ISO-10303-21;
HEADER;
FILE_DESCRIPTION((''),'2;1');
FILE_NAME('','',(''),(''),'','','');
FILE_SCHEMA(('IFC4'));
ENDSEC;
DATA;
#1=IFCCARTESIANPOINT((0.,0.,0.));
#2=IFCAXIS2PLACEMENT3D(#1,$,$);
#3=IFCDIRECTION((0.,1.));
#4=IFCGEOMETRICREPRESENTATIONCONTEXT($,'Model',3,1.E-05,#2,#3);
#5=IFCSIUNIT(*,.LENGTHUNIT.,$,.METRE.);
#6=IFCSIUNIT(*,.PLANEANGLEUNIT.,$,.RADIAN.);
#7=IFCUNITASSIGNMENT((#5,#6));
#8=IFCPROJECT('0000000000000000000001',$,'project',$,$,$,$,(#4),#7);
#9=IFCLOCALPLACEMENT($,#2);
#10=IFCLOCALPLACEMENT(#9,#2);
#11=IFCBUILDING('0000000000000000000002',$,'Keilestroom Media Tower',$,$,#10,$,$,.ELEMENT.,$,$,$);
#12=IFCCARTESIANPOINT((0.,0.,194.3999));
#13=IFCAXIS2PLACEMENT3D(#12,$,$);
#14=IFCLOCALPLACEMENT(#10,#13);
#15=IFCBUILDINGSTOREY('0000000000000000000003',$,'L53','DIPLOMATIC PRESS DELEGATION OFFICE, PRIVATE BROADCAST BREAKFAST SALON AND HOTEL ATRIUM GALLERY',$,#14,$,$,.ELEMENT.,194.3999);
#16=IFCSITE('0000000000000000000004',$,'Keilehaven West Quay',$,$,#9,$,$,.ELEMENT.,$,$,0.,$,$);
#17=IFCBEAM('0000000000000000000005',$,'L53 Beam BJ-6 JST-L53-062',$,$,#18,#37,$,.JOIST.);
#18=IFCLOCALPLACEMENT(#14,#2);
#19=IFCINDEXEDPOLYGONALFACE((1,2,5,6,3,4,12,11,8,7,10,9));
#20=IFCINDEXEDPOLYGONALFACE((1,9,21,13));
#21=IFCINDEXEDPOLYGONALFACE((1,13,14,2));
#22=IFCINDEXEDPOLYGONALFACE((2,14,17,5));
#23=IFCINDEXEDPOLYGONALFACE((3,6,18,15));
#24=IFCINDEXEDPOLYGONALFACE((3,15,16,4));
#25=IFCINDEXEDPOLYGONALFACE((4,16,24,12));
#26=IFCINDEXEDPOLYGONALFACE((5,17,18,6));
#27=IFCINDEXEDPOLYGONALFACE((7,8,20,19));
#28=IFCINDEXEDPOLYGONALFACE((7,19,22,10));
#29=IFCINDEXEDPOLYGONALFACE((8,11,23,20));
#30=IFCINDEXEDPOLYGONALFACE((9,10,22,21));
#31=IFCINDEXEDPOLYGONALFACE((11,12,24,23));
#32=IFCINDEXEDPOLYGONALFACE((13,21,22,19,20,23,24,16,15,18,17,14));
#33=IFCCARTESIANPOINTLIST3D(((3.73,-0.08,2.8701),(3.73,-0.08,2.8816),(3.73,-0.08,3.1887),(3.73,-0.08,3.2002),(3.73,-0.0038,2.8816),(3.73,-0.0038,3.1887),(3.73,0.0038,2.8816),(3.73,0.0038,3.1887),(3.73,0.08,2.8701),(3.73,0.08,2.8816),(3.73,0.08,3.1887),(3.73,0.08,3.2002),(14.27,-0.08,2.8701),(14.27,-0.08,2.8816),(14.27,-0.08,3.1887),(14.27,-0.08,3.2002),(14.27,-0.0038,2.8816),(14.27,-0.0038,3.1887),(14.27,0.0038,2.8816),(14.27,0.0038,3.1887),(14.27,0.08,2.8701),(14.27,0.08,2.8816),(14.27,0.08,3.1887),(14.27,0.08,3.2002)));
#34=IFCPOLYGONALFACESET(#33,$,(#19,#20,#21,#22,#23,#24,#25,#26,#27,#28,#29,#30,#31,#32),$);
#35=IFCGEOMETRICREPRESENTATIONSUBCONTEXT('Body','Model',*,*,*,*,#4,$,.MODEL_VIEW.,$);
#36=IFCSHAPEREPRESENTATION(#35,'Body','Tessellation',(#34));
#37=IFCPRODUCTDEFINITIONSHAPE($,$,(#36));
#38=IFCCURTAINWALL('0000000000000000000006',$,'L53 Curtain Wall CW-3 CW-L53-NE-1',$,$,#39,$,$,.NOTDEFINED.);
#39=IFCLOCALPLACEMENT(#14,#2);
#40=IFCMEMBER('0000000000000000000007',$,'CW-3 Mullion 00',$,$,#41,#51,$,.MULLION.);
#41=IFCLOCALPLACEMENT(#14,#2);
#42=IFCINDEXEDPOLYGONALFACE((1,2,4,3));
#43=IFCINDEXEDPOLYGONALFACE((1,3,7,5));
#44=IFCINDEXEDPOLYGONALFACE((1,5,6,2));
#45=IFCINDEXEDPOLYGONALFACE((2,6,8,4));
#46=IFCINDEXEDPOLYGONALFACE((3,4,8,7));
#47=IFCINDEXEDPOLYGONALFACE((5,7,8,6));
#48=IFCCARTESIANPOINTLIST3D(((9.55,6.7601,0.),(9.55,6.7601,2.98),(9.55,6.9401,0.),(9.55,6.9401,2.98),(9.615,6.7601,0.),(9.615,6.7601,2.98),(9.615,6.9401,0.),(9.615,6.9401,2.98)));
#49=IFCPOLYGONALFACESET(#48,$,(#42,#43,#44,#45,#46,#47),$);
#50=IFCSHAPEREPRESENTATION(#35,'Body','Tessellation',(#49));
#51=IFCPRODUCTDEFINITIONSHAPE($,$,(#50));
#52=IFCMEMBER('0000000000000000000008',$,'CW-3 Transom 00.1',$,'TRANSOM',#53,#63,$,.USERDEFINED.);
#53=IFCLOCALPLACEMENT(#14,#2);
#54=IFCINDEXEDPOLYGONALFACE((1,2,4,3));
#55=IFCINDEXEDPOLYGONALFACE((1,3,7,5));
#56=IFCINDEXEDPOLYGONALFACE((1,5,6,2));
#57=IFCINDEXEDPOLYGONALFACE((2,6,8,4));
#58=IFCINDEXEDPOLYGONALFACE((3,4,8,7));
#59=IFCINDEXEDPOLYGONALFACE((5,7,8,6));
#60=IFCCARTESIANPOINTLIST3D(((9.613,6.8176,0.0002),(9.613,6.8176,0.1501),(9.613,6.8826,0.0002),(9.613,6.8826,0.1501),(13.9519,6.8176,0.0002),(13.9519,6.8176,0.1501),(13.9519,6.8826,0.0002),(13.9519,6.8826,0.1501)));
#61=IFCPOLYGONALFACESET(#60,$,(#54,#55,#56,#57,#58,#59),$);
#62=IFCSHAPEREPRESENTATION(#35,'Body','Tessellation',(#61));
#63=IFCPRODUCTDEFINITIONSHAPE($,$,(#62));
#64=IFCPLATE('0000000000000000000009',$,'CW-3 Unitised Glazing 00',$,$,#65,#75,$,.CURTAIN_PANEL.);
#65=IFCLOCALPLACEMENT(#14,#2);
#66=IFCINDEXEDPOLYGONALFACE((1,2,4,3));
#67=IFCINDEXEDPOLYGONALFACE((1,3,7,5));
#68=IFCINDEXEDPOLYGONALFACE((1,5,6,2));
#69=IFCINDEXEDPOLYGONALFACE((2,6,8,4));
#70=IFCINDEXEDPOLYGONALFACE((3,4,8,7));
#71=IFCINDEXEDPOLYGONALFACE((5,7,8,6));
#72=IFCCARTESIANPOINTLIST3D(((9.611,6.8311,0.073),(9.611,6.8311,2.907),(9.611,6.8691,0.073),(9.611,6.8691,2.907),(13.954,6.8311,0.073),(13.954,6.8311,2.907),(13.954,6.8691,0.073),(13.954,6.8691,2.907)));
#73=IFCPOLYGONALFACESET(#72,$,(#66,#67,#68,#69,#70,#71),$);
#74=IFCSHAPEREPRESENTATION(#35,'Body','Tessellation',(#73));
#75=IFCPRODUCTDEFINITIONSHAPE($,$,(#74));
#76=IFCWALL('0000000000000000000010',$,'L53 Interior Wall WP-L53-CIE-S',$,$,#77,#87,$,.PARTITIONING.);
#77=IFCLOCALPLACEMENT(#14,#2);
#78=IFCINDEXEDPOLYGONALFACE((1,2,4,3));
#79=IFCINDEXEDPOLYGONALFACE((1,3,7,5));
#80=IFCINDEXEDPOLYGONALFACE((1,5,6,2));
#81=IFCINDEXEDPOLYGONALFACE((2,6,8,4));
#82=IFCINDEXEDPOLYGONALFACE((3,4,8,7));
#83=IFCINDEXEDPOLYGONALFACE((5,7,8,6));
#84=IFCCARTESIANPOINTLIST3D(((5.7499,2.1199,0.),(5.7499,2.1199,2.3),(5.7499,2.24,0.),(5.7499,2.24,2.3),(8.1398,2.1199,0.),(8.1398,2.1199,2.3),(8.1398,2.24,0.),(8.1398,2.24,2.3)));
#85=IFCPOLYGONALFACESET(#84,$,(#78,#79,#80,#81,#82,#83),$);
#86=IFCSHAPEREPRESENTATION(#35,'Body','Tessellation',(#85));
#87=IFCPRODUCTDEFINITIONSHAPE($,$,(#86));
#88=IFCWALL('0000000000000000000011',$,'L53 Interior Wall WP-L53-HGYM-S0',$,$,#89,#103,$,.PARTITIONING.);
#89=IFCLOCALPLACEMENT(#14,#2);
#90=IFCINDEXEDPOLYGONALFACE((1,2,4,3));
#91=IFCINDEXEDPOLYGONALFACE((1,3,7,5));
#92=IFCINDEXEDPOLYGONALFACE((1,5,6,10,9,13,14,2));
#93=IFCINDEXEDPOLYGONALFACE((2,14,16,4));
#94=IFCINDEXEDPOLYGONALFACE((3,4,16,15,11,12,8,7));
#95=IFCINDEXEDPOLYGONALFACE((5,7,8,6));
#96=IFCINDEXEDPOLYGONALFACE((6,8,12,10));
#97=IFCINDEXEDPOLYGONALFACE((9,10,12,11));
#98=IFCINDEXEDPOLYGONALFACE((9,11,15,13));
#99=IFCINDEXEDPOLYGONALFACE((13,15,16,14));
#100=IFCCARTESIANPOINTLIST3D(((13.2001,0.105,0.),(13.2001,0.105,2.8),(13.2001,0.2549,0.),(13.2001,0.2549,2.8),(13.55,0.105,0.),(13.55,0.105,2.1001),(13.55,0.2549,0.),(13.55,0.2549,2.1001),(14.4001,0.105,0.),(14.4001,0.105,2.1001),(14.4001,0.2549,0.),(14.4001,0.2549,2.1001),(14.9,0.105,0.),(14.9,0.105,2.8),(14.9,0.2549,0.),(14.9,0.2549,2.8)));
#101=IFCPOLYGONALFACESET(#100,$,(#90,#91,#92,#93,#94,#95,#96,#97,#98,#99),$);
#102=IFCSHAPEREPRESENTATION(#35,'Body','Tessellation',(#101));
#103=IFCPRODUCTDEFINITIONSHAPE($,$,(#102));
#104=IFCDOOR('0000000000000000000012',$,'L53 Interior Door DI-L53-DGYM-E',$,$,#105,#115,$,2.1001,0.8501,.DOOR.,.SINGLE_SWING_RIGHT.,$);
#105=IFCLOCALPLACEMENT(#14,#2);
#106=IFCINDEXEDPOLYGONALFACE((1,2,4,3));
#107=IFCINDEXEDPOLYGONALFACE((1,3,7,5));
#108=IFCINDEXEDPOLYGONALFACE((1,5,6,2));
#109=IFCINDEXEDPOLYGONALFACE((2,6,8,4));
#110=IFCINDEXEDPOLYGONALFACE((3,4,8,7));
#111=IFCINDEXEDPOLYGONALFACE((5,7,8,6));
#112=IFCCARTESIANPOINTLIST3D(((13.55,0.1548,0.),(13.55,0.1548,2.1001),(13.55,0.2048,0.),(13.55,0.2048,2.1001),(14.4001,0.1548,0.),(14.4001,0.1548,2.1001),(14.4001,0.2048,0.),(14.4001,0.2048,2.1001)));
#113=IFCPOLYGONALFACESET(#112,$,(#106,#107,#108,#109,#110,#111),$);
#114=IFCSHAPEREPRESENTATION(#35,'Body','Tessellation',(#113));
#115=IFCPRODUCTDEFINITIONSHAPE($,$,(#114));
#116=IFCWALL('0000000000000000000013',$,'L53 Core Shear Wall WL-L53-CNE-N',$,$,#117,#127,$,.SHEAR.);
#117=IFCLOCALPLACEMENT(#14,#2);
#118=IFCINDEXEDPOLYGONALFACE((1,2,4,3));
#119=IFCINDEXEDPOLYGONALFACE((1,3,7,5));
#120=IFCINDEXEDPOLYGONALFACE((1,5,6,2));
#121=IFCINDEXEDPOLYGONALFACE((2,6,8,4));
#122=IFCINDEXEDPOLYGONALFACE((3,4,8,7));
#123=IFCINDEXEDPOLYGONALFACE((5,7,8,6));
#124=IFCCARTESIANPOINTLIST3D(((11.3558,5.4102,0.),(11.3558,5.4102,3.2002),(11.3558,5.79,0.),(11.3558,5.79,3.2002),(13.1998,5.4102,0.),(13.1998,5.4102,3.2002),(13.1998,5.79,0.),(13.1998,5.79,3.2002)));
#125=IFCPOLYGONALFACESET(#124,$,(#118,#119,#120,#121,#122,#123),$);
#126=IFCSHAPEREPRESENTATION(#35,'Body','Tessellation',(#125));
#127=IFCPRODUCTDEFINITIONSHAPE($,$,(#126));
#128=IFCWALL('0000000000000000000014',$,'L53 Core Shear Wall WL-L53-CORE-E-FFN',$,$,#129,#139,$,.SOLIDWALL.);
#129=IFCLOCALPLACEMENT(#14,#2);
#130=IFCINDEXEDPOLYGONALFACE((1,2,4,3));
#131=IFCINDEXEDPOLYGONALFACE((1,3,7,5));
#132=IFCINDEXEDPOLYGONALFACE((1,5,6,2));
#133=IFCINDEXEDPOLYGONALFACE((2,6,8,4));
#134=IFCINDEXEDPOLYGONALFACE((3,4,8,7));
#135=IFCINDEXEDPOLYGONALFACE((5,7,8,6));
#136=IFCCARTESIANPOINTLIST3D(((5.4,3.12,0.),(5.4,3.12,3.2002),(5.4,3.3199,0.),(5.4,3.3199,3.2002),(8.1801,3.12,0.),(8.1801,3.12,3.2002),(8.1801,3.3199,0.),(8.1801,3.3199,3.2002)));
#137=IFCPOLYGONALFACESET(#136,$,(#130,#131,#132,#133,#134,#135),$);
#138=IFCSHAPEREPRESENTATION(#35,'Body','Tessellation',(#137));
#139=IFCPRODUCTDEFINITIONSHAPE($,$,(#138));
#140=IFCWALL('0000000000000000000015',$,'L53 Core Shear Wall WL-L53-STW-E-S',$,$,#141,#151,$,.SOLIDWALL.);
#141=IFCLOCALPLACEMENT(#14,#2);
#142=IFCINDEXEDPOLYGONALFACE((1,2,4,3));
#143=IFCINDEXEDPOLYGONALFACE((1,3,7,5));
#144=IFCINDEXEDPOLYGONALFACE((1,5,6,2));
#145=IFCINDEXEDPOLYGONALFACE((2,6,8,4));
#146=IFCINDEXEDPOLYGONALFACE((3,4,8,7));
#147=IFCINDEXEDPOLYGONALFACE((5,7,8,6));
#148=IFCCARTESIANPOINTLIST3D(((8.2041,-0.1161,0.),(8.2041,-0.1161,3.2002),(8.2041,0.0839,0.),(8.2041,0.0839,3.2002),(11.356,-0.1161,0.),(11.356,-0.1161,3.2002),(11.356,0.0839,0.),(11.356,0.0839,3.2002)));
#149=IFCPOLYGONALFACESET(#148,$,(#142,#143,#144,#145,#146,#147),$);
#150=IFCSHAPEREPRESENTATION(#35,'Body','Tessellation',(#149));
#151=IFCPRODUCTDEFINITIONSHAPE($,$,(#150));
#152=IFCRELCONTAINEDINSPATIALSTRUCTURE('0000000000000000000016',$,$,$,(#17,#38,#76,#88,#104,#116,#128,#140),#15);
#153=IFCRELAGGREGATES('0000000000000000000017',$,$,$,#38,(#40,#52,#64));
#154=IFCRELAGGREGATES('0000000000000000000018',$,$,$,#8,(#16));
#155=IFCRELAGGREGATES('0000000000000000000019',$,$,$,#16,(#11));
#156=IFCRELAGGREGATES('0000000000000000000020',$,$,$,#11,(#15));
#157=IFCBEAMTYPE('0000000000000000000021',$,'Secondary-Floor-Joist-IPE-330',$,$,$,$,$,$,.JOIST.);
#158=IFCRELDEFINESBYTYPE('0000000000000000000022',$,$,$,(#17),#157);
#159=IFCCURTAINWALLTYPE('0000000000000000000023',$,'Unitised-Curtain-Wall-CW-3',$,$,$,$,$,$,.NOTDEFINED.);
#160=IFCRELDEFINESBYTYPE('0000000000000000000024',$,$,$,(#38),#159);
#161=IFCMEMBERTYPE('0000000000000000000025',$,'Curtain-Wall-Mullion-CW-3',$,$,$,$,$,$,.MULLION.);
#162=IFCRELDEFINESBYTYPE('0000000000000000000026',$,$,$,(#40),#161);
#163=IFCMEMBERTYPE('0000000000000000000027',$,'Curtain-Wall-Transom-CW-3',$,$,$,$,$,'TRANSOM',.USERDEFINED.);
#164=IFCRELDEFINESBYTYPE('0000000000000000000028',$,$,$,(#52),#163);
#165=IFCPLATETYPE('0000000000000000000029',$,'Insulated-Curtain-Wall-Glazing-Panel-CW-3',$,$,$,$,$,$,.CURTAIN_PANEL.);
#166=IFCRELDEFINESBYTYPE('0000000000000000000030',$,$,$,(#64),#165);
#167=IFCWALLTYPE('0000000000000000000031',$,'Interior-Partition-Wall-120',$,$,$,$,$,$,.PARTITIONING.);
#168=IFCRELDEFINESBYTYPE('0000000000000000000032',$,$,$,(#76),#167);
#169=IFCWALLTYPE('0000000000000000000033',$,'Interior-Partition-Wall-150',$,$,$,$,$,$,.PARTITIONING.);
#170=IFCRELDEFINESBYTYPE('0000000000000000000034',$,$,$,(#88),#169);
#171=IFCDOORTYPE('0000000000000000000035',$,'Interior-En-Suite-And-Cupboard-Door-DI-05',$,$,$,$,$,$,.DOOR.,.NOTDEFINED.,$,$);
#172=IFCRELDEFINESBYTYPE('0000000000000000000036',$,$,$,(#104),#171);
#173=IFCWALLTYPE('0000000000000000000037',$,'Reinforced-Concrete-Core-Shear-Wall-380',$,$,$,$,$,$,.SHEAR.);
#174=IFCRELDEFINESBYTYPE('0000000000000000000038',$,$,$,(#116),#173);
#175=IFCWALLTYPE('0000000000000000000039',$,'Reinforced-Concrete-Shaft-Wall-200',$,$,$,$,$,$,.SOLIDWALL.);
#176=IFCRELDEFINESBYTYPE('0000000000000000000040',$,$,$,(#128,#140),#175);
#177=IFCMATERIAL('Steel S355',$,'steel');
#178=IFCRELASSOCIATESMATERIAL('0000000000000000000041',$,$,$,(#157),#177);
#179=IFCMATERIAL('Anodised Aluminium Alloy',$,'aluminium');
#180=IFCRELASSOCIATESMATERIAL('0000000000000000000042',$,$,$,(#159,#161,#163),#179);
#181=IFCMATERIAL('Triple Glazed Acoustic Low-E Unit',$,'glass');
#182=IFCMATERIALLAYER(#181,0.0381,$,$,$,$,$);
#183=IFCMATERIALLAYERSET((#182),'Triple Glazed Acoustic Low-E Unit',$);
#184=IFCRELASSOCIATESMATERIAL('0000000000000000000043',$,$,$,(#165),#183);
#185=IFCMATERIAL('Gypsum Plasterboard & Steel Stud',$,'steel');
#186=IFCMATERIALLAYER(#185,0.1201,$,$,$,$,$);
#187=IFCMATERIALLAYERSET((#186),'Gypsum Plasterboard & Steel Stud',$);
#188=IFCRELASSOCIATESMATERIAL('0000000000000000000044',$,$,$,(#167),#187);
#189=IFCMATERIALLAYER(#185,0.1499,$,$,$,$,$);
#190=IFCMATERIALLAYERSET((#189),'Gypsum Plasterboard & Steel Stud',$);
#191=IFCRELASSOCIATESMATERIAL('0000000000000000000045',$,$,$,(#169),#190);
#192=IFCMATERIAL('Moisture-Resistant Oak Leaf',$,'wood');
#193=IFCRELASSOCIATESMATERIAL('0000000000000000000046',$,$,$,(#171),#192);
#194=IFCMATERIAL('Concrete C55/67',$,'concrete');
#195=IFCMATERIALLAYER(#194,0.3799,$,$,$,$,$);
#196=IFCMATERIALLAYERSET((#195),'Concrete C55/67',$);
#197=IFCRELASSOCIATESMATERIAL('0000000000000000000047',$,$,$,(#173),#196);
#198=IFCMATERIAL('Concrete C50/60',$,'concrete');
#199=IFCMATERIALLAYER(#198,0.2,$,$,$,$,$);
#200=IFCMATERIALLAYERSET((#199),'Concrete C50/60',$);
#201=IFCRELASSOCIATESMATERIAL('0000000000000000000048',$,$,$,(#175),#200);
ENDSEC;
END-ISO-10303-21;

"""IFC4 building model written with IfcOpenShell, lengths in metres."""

from ifc_helpers import new_model, si_unit, direction, frame, frame_2d, origin, origin_2d, place, context, subcontext, project, spatial, rectangle, i_section, extrude, source, transform, mapped, material, layer, layer_set, material_profile, profile_set, type_object, element, fill, aggregate, save


model = new_model("IFC4")

# Units and contexts
model_context = context("Model", 3, precision=1e-05, world=origin(), true_north=direction((0.0, 1.0)))
body_context = subcontext(model_context, "Body", "Model", "MODEL_VIEW")
ifc_project = project(units=[si_unit("LENGTHUNIT", "METRE"), si_unit("PLANEANGLEUNIT", "RADIAN")], contexts=[model_context])

# Site, building, storey
site_placement = place(None, origin())
site = spatial("IfcSite", under=ifc_project, at=site_placement, Name="Keilehaven West Quay", CompositionType="ELEMENT", RefElevation=0.0)
building_placement = place(site_placement, origin())
building = spatial("IfcBuilding", under=site, at=building_placement, Name="Keilestroom Media Tower", CompositionType="ELEMENT")
storey_placement = place(building_placement, frame((0.0, 0.0, 194.3999)))
storey = spatial("IfcBuildingStorey", under=building, at=storey_placement, Name="L53", Description="DIPLOMATIC PRESS DELEGATION OFFICE, PRIVATE BROADCAST BREAKFAST SALON AND HOTEL ATRIUM GALLERY", CompositionType="ELEMENT", Elevation=194.3999)

# Beam
ifc_material_1 = material(Name="Steel S355", Category="steel")
ifc_material_profile_1 = material_profile(ifc_material_1, i_section(OverallWidth=0.1599, OverallDepth=0.3301, WebThickness=0.0076, FlangeThickness=0.0115, at=origin_2d()), Name="IPE 330")
ifc_profile_set_1 = profile_set([ifc_material_profile_1], Name="Steel S355")
beam_type = type_object("IfcBeamType", Name="Secondary-Floor-Joist-IPE-330", PredefinedType="JOIST", material=ifc_profile_set_1)
shared_shape_1 = source(origin(), body_context, "Body", "SweptSolid", [
    extrude(i_section(OverallWidth=0.1599, OverallDepth=0.3301, WebThickness=0.0076, FlangeThickness=0.0115, at=origin_2d()), origin(), (0.0, 0.0, 1.0), 10.54),
])
beam_placement = place(storey_placement, frame((3.73, 0.0, 3.0352), z_axis=(1.0, 0.0, 0.0), x_axis=(0.0, 1.0, 0.0)))
element("IfcBeam", 1, at=beam_placement, inside=storey, type_object=beam_type, Name="L53 Beam BJ-6 JST-L53-062", PredefinedType="JOIST", context=body_context, shape_type="MappedRepresentation", body=[
    mapped(shared_shape_1, transform((0.0, 0.0, 0.0), x_axis=(1.0, 0.0, 0.0), y_axis=(0.0, 1.0, 0.0), z_axis=(0.0, 0.0, 1.0), scale=1.0)),
])

# Curtain wall, members, plate
ifc_material_2 = material(Name="Anodised Aluminium Alloy", Category="aluminium")
curtain_wall_type = type_object("IfcCurtainWallType", Name="Unitised-Curtain-Wall-CW-3", PredefinedType="NOTDEFINED", material=ifc_material_2)
curtain_wall_placement = place(storey_placement, origin())
curtain_wall = element("IfcCurtainWall", 2, at=curtain_wall_placement, inside=storey, type_object=curtain_wall_type, Name="L53 Curtain Wall CW-3 CW-L53-NE-1", PredefinedType="NOTDEFINED")
ifc_material_profile_2 = material_profile(ifc_material_2, rectangle(XDim=0.0649, YDim=0.1799, at=origin_2d()), Name="ALU MULLION 65x180")
ifc_profile_set_2 = profile_set([ifc_material_profile_2], Name="Anodised Aluminium Alloy")
member_type_1 = type_object("IfcMemberType", Name="Curtain-Wall-Mullion-CW-3", PredefinedType="MULLION", material=ifc_profile_set_2)
shared_shape_2 = source(origin(), body_context, "Body", "SweptSolid", [
    extrude(rectangle(XDim=0.0649, YDim=0.1799, at=origin_2d()), origin(), (0.0, 0.0, 1.0), 2.98),
])
member_1_placement = place(storey_placement, frame((9.5825, 6.8501, 0.0), z_axis=(0.0, 0.0, 1.0), x_axis=(1.0, 0.0, 0.0)))
member_1 = element("IfcMember", 3, at=member_1_placement, type_object=member_type_1, Name="CW-3 Mullion 00", PredefinedType="MULLION", context=body_context, shape_type="MappedRepresentation", body=[
    mapped(shared_shape_2, transform((0.0, 0.0, 0.0), x_axis=(1.0, 0.0, 0.0), y_axis=(0.0, 1.0, 0.0), z_axis=(0.0, 0.0, 1.0), scale=1.0)),
])
ifc_material_profile_3 = material_profile(ifc_material_2, rectangle(XDim=0.0649, YDim=0.1499, at=origin_2d()), Name="ALU TRANSOM 65x150")
ifc_profile_set_3 = profile_set([ifc_material_profile_3], Name="Anodised Aluminium Alloy")
member_type_2 = type_object("IfcMemberType", Name="Curtain-Wall-Transom-CW-3", ElementType="TRANSOM", PredefinedType="USERDEFINED", material=ifc_profile_set_3)
shared_shape_3 = source(origin(), body_context, "Body", "SweptSolid", [
    extrude(rectangle(XDim=0.0649, YDim=0.1499, at=origin_2d()), origin(), (0.0, 0.0, 1.0), 4.3389),
])
member_2_placement = place(storey_placement, frame((9.613, 6.8501, 0.0752), z_axis=(1.0, 0.0, 0.0), x_axis=(0.0, 1.0, 0.0)))
member_2 = element("IfcMember", 4, at=member_2_placement, type_object=member_type_2, Name="CW-3 Transom 00.1", ObjectType="TRANSOM", PredefinedType="USERDEFINED", context=body_context, shape_type="MappedRepresentation", body=[
    mapped(shared_shape_3, transform((0.0, 0.0, 0.0), x_axis=(1.0, 0.0, 0.0), y_axis=(0.0, 1.0, 0.0), z_axis=(0.0, 0.0, 1.0), scale=1.0)),
])
ifc_material_3 = material(Name="Triple Glazed Acoustic Low-E Unit", Category="glass")
ifc_layer_1 = layer(ifc_material_3, 0.0381)
ifc_layer_set_1 = layer_set([ifc_layer_1], Name="Triple Glazed Acoustic Low-E Unit")
plate_type = type_object("IfcPlateType", Name="Insulated-Curtain-Wall-Glazing-Panel-CW-3", PredefinedType="CURTAIN_PANEL", material=ifc_layer_set_1)
shared_shape_4 = source(origin(), body_context, "Body", "SweptSolid", [
    extrude(rectangle(XDim=4.343, YDim=0.0381, at=origin_2d()), origin(), (0.0, 0.0, 1.0), 2.834),
])
plate_placement = place(storey_placement, frame((11.7825, 6.8501, 0.073), z_axis=(0.0, 0.0, 1.0), x_axis=(1.0, 0.0, 0.0)))
plate = element("IfcPlate", 5, at=plate_placement, type_object=plate_type, Name="CW-3 Unitised Glazing 00", PredefinedType="CURTAIN_PANEL", context=body_context, shape_type="MappedRepresentation", body=[
    mapped(shared_shape_4, transform((0.0, 0.0, 0.0), x_axis=(1.0, 0.0, 0.0), y_axis=(0.0, 1.0, 0.0), z_axis=(0.0, 0.0, 1.0), scale=1.0)),
])
aggregate(curtain_wall, [member_1, member_2, plate])

# Wall
ifc_material_4 = material(Name="Gypsum Plasterboard & Steel Stud", Category="steel")
ifc_layer_2 = layer(ifc_material_4, 0.1201)
ifc_layer_set_2 = layer_set([ifc_layer_2], Name="Gypsum Plasterboard & Steel Stud")
wall_type_1 = type_object("IfcWallType", Name="Interior-Partition-Wall-120", PredefinedType="PARTITIONING", material=ifc_layer_set_2)
wall_1_placement = place(storey_placement, frame((5.75, 2.1799, 0.0), z_axis=(0.0, 0.0, 1.0), x_axis=(1.0, 0.0, 0.0)))
element("IfcWall", 6, at=wall_1_placement, inside=storey, type_object=wall_type_1, Name="L53 Interior Wall WP-L53-CIE-S", PredefinedType="PARTITIONING", context=body_context, shape_type="SweptSolid", body=[
    extrude(rectangle(XDim=2.3899, YDim=0.1201, at=frame_2d((1.1948, 0.0))), origin(), (0.0, 0.0, 1.0), 2.3),
])

# Wall, opening, door
ifc_layer_3 = layer(ifc_material_4, 0.1499)
ifc_layer_set_3 = layer_set([ifc_layer_3], Name="Gypsum Plasterboard & Steel Stud")
wall_type_2 = type_object("IfcWallType", Name="Interior-Partition-Wall-150", PredefinedType="PARTITIONING", material=ifc_layer_set_3)
wall_2_placement = place(storey_placement, frame((13.2, 0.1799, 0.0), z_axis=(0.0, 0.0, 1.0), x_axis=(1.0, 0.0, 0.0)))
wall_2 = element("IfcWall", 7, at=wall_2_placement, inside=storey, type_object=wall_type_2, Name="L53 Interior Wall WP-L53-HGYM-S0", PredefinedType="PARTITIONING", context=body_context, shape_type="SweptSolid", body=[
    extrude(rectangle(XDim=1.7, YDim=0.1499, at=frame_2d((0.8501, 0.0))), origin(), (0.0, 0.0, 1.0), 2.8),
])
opening_1_placement = place(wall_2_placement, frame((0.3501, 0.0, 0.0)))
opening_1 = element("IfcOpeningElement", 8, at=opening_1_placement, cuts=wall_2, PredefinedType="OPENING", context=body_context, shape_type="SweptSolid", body=[
    extrude(rectangle(XDim=0.8501, YDim=2.1001, at=frame_2d((0.425, 1.05))), frame((0.0, 0.085, 0.0), z_axis=(0.0, -1.0, 0.0), x_axis=(1.0, 0.0, 0.0)), (0.0, 0.0, 1.0), 0.1699),
])
ifc_material_5 = material(Name="Moisture-Resistant Oak Leaf", Category="wood")
door_type_1 = type_object("IfcDoorType", Name="Interior-En-Suite-And-Cupboard-Door-DI-05", OperationType="NOTDEFINED", PredefinedType="DOOR", material=ifc_material_5)
shared_shape_5 = source(origin(), body_context, "Body", "SweptSolid", [
    extrude(rectangle(XDim=0.8501, YDim=2.1001, at=frame_2d((0.425, 1.05))), frame((0.0, 0.0249, 0.0), z_axis=(0.0, -1.0, 0.0), x_axis=(1.0, 0.0, 0.0)), (0.0, 0.0, 1.0), 0.05),
])
door_1_placement = place(opening_1_placement, origin())
door_1 = element("IfcDoor", 9, at=door_1_placement, inside=storey, type_object=door_type_1, Name="L53 Interior Door DI-L53-DGYM-E", OperationType="SINGLE_SWING_RIGHT", OverallHeight=2.1001, OverallWidth=0.8501, PredefinedType="DOOR", context=body_context, shape_type="MappedRepresentation", body=[
    mapped(shared_shape_5, transform((0.0, 0.0, 0.0), x_axis=(1.0, 0.0, 0.0), y_axis=(0.0, 1.0, 0.0), z_axis=(0.0, 0.0, 1.0), scale=1.0)),
])
fill(opening_1, door_1)

# Walls
ifc_material_6 = material(Name="Concrete C55/67", Category="concrete")
ifc_layer_4 = layer(ifc_material_6, 0.3799)
ifc_layer_set_4 = layer_set([ifc_layer_4], Name="Concrete C55/67")
wall_type_3 = type_object("IfcWallType", Name="Reinforced-Concrete-Core-Shear-Wall-380", PredefinedType="SHEAR", material=ifc_layer_set_4)
wall_3_placement = place(storey_placement, frame((11.356, 5.6001, 0.0), z_axis=(0.0, 0.0, 1.0), x_axis=(1.0, 0.0, 0.0)))
element("IfcWall", 10, at=wall_3_placement, inside=storey, type_object=wall_type_3, Name="L53 Core Shear Wall WL-L53-CNE-N", PredefinedType="SHEAR", context=body_context, shape_type="SweptSolid", body=[
    extrude(rectangle(XDim=1.844, YDim=0.3799, at=frame_2d((0.9219, 0.0))), origin(), (0.0, 0.0, 1.0), 3.2002),
])
ifc_material_7 = material(Name="Concrete C50/60", Category="concrete")
ifc_layer_5 = layer(ifc_material_7, 0.2)
ifc_layer_set_5 = layer_set([ifc_layer_5], Name="Concrete C50/60")
wall_type_4 = type_object("IfcWallType", Name="Reinforced-Concrete-Shaft-Wall-200", PredefinedType="SOLIDWALL", material=ifc_layer_set_5)
wall_4_placement = place(storey_placement, frame((5.3999, 3.22, 0.0), z_axis=(0.0, 0.0, 1.0), x_axis=(1.0, 0.0, 0.0)))
element("IfcWall", 11, at=wall_4_placement, inside=storey, type_object=wall_type_4, Name="L53 Core Shear Wall WL-L53-CORE-E-FFN", PredefinedType="SOLIDWALL", context=body_context, shape_type="SweptSolid", body=[
    extrude(rectangle(XDim=2.78, YDim=0.2, at=frame_2d((1.3901, 0.0))), origin(), (0.0, 0.0, 1.0), 3.2002),
])
wall_5_placement = place(storey_placement, frame((8.2041, -0.0161, 0.0), z_axis=(0.0, 0.0, 1.0), x_axis=(1.0, 0.0, 0.0)))
element("IfcWall", 12, at=wall_5_placement, inside=storey, type_object=wall_type_4, Name="L53 Core Shear Wall WL-L53-STW-E-S", PredefinedType="SOLIDWALL", context=body_context, shape_type="SweptSolid", body=[
    extrude(rectangle(XDim=3.1519, YDim=0.2, at=frame_2d((1.5759, 0.0))), origin(), (0.0, 0.0, 1.0), 3.2002),
])

save(model, "model.ifc")
